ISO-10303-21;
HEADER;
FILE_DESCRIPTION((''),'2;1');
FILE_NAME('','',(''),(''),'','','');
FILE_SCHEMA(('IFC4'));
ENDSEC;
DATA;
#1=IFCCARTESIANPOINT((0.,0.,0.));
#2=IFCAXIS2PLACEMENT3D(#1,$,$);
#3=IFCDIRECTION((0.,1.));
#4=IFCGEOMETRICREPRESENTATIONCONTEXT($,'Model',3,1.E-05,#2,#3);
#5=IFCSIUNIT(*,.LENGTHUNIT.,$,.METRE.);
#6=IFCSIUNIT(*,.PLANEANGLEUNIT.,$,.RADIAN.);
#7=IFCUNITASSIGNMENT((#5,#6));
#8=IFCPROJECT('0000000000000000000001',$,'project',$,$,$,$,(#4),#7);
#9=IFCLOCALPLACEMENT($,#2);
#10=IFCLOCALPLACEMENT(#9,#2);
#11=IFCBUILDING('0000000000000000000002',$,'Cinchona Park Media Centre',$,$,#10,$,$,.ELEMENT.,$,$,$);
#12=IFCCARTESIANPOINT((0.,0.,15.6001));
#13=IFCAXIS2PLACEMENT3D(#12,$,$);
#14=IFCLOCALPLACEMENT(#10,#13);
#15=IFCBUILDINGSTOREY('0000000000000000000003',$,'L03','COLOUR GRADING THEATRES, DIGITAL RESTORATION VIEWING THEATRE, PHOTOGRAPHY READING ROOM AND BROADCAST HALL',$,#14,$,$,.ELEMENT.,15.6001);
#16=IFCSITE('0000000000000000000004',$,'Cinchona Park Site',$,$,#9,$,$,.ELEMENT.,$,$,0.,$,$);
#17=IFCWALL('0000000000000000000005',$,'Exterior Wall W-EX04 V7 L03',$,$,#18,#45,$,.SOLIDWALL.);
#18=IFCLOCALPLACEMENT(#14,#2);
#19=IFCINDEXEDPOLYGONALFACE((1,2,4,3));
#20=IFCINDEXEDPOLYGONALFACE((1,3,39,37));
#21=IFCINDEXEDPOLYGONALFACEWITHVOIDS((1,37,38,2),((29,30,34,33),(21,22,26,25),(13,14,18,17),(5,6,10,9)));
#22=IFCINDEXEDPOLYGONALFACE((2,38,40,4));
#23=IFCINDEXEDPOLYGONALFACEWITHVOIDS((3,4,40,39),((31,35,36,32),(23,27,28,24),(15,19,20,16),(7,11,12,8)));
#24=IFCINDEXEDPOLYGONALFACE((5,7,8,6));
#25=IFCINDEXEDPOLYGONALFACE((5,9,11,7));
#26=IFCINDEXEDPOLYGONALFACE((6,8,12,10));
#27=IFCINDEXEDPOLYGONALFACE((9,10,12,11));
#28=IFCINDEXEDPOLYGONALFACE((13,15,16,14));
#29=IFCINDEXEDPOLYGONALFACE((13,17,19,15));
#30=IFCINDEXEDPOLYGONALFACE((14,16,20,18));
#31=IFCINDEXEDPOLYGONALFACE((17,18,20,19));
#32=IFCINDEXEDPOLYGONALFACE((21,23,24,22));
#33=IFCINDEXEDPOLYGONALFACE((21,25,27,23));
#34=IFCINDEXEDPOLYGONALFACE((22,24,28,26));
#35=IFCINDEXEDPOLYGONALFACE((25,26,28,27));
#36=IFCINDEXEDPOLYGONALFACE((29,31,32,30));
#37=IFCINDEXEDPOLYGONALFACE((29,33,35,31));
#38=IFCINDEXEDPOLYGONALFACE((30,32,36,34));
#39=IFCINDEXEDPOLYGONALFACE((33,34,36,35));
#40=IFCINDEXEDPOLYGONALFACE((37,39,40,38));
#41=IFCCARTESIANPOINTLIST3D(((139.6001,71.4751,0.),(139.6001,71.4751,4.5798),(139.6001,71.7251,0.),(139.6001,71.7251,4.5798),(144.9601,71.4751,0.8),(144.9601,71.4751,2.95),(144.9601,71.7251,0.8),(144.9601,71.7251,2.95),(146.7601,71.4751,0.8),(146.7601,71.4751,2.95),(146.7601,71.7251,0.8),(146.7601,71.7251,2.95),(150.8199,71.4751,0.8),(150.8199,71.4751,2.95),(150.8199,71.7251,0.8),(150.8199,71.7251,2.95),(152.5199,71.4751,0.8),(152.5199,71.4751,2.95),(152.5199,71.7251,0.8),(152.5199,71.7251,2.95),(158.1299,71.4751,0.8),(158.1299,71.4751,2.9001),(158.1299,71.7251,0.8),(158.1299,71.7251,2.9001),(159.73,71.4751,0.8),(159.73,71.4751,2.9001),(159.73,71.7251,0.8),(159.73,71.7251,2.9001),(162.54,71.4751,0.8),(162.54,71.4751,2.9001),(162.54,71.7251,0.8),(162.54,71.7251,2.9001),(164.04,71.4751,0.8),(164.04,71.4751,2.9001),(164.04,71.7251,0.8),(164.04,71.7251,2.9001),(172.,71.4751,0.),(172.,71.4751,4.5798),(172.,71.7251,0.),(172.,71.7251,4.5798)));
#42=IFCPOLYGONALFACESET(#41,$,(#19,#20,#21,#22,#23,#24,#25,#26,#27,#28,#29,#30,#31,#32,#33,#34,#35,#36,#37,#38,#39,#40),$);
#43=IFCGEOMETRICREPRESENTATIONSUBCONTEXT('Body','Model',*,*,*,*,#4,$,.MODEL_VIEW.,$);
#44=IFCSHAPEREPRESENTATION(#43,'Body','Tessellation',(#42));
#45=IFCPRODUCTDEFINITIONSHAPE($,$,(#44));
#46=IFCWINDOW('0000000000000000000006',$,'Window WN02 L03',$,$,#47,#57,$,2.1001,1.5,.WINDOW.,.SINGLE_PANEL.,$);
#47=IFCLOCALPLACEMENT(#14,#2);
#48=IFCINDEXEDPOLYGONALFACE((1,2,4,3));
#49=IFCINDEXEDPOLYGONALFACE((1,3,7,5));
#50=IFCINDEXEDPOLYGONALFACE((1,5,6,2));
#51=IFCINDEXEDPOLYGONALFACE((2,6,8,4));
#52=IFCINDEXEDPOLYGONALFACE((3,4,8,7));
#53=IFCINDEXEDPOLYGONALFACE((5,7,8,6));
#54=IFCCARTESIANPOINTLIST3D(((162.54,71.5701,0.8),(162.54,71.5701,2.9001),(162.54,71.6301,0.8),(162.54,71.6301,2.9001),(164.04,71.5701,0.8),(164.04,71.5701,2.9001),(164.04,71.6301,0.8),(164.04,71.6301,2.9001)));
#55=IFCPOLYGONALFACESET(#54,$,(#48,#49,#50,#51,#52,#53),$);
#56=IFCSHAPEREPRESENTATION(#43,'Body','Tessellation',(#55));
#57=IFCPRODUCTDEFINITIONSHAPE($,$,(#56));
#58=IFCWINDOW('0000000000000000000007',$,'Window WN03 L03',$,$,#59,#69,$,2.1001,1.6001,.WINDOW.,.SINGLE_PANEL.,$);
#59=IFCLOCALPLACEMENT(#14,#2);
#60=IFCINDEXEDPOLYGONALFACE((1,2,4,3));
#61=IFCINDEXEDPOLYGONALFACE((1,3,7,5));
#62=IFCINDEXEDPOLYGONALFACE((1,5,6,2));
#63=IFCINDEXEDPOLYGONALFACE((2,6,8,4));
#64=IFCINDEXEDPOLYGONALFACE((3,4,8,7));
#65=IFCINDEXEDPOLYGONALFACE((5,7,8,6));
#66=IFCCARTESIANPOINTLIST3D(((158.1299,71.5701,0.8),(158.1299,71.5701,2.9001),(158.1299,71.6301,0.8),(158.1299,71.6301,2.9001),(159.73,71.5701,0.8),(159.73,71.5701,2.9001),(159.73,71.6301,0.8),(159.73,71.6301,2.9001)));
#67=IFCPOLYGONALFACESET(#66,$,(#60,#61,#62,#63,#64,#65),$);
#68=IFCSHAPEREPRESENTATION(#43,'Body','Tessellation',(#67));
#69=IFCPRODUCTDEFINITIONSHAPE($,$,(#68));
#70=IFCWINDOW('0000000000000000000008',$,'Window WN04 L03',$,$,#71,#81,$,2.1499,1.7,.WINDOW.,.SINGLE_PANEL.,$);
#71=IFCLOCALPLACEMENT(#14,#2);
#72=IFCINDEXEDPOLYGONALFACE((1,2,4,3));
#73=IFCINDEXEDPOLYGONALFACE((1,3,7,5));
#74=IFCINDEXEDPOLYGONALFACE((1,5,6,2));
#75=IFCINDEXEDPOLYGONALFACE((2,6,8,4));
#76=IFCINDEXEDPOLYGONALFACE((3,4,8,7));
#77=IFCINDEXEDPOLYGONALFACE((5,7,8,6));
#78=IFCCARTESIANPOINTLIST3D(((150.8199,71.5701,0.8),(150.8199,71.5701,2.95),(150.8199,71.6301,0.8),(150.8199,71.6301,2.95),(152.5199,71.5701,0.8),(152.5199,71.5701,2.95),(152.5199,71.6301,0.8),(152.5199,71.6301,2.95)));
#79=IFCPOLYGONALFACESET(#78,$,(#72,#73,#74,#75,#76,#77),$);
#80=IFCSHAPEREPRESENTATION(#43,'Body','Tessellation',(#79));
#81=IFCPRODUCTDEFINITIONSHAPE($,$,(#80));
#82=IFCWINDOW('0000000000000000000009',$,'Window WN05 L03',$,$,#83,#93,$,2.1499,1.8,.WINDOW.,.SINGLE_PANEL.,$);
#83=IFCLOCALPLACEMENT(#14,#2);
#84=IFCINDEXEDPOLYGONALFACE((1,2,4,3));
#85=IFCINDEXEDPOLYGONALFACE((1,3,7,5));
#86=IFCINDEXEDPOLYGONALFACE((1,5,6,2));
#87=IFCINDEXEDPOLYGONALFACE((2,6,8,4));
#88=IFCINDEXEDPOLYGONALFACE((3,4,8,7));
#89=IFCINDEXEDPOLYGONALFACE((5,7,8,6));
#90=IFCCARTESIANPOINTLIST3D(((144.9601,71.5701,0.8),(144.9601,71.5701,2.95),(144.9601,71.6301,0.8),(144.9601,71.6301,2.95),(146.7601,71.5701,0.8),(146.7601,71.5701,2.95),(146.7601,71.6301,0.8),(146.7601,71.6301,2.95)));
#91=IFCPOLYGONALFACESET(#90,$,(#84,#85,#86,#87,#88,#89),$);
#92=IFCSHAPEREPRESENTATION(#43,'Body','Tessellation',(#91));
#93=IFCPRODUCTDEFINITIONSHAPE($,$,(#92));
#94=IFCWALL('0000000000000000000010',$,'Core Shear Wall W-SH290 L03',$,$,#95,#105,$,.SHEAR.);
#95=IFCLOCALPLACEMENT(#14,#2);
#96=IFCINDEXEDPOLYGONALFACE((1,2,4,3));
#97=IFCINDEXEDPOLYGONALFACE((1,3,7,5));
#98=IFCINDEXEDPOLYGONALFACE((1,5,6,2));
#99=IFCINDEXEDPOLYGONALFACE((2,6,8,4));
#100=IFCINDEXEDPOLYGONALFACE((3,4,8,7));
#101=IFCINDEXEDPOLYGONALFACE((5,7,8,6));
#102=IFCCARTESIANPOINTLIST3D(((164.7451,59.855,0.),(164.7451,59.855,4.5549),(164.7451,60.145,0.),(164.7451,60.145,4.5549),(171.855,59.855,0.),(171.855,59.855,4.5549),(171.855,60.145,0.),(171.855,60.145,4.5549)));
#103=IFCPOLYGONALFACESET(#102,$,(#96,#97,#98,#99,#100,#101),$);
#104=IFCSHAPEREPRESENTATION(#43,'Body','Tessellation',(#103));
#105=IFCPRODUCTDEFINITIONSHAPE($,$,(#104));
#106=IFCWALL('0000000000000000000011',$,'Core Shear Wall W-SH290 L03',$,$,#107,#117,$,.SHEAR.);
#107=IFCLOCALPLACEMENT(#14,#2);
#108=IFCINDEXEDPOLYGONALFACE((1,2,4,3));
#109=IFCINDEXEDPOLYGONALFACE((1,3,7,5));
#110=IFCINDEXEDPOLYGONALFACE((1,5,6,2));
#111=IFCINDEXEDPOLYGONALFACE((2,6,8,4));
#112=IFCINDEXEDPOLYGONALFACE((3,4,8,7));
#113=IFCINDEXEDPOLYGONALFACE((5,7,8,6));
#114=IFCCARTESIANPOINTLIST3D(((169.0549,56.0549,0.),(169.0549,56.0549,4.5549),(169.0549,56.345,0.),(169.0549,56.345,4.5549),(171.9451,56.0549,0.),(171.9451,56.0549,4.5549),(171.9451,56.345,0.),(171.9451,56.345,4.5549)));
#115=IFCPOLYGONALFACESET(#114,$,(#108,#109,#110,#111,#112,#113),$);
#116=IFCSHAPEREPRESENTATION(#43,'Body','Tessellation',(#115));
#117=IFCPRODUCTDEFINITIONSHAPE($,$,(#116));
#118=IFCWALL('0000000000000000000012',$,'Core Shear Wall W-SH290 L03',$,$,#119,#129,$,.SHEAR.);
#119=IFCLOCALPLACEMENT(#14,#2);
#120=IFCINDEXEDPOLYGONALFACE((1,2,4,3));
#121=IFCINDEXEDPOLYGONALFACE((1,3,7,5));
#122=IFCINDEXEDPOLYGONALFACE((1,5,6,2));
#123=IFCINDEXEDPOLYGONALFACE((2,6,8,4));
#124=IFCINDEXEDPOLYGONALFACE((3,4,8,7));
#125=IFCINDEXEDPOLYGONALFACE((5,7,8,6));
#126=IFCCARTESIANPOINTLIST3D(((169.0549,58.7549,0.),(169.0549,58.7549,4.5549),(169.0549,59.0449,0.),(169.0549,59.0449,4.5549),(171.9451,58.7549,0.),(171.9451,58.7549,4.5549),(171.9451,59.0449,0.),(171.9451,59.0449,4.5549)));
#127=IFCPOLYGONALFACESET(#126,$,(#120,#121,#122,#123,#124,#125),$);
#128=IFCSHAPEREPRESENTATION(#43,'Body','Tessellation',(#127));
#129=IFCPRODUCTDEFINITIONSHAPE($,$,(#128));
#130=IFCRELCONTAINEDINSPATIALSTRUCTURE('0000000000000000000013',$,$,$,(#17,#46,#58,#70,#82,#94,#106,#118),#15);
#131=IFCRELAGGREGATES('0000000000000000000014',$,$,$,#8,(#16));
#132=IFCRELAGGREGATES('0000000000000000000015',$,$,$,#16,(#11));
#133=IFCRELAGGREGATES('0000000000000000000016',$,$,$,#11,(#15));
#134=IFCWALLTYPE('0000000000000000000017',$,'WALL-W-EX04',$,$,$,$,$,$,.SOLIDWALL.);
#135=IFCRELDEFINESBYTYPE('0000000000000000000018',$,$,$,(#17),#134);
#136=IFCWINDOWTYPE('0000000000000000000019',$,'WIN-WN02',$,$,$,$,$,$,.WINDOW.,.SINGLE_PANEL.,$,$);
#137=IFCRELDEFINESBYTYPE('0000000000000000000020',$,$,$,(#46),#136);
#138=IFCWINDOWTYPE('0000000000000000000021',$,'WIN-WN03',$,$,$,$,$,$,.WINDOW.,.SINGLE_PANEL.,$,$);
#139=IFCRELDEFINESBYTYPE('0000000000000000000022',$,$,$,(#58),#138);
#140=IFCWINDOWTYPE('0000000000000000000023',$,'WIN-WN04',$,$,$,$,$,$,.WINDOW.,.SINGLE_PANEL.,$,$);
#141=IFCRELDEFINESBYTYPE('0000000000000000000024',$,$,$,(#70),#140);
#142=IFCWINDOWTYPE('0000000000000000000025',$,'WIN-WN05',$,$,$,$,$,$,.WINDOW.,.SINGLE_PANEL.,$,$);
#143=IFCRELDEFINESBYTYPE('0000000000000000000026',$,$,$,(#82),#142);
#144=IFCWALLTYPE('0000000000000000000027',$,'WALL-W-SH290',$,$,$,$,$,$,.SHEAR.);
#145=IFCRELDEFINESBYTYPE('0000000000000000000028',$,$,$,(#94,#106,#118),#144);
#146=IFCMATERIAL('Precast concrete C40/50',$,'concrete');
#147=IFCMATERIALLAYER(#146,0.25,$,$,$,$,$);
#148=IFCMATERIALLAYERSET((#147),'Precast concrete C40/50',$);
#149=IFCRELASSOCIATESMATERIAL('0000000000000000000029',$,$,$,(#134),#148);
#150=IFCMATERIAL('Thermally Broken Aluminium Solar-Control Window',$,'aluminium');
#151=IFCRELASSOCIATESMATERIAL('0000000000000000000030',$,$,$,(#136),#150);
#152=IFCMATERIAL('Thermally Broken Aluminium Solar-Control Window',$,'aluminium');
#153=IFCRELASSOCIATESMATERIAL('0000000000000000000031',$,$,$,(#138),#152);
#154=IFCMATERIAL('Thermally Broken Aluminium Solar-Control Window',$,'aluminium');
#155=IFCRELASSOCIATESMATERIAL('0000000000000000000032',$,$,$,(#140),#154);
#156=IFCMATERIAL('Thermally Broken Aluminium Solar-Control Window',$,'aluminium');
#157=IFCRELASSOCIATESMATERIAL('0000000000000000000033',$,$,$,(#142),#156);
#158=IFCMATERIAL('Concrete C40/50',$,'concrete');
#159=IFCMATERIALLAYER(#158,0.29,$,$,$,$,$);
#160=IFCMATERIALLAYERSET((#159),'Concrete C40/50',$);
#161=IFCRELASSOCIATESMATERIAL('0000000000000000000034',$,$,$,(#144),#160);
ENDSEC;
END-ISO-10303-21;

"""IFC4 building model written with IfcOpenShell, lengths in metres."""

from ifc_helpers import new_model, si_unit, direction, frame, frame_2d, origin, place, context, subcontext, project, spatial, rectangle, extrude, material, layer, layer_set, type_object, element, fill, save


model = new_model("IFC4")

# Units and contexts
model_context = context("Model", 3, precision=1e-05, world=origin(), true_north=direction((0.0, 1.0)))
body_context = subcontext(model_context, "Body", "Model", "MODEL_VIEW")
ifc_project = project(units=[si_unit("LENGTHUNIT", "METRE"), si_unit("PLANEANGLEUNIT", "RADIAN")], contexts=[model_context])

# Site, building, storey
site_placement = place(None, origin())
site = spatial("IfcSite", under=ifc_project, at=site_placement, Name="Cinchona Park Site", CompositionType="ELEMENT", RefElevation=0.0)
building_placement = place(site_placement, origin())
building = spatial("IfcBuilding", under=site, at=building_placement, Name="Cinchona Park Media Centre", CompositionType="ELEMENT")
storey_placement = place(building_placement, frame((0.0, 0.0, 15.6001)))
storey = spatial("IfcBuildingStorey", under=building, at=storey_placement, Name="L03", Description="COLOUR GRADING THEATRES, DIGITAL RESTORATION VIEWING THEATRE, PHOTOGRAPHY READING ROOM AND BROADCAST HALL", CompositionType="ELEMENT", Elevation=15.6001)

# Wall, openings, windows
ifc_material_1 = material(Name="Precast concrete C40/50", Category="concrete")
ifc_layer_1 = layer(ifc_material_1, 0.25)
ifc_layer_set_1 = layer_set([ifc_layer_1], Name="Precast concrete C40/50")
wall_type_1 = type_object("IfcWallType", Name="WALL-W-EX04", PredefinedType="SOLIDWALL", material=ifc_layer_set_1)
wall_1_placement = place(storey_placement, frame((172.0, 71.6001, 0.0), z_axis=(0.0, 0.0, 1.0), x_axis=(-1.0, 0.0, 0.0)))
wall_1 = element("IfcWall", 1, at=wall_1_placement, inside=storey, type_object=wall_type_1, Name="Exterior Wall W-EX04 V7 L03", PredefinedType="SOLIDWALL", context=body_context, shape_type="SweptSolid", body=[
    extrude(rectangle(XDim=32.3999, YDim=0.25, at=frame_2d((16.2, 0.0))), origin(), (0.0, 0.0, 1.0), 4.5798),
])
opening_1_placement = place(wall_1_placement, frame((7.96, 0.0, 0.8)))
opening_1 = element("IfcOpeningElement", 2, at=opening_1_placement, cuts=wall_1, PredefinedType="OPENING", context=body_context, shape_type="SweptSolid", body=[
    extrude(rectangle(XDim=1.5, YDim=2.1001, at=frame_2d((0.75, 1.05))), frame((0.0, 0.135, 0.0), z_axis=(0.0, -1.0, 0.0), x_axis=(1.0, 0.0, 0.0)), (0.0, 0.0, 1.0), 0.27),
])
opening_2_placement = place(wall_1_placement, frame((12.27, 0.0, 0.8)))
opening_2 = element("IfcOpeningElement", 3, at=opening_2_placement, cuts=wall_1, PredefinedType="OPENING", context=body_context, shape_type="SweptSolid", body=[
    extrude(rectangle(XDim=1.6001, YDim=2.1001, at=frame_2d((0.8, 1.05))), frame((0.0, 0.135, 0.0), z_axis=(0.0, -1.0, 0.0), x_axis=(1.0, 0.0, 0.0)), (0.0, 0.0, 1.0), 0.27),
])
opening_3_placement = place(wall_1_placement, frame((19.48, 0.0, 0.8)))
opening_3 = element("IfcOpeningElement", 4, at=opening_3_placement, cuts=wall_1, PredefinedType="OPENING", context=body_context, shape_type="SweptSolid", body=[
    extrude(rectangle(XDim=1.7, YDim=2.1499, at=frame_2d((0.8501, 1.075))), frame((0.0, 0.135, 0.0), z_axis=(0.0, -1.0, 0.0), x_axis=(1.0, 0.0, 0.0)), (0.0, 0.0, 1.0), 0.27),
])
opening_4_placement = place(wall_1_placement, frame((25.24, 0.0, 0.8)))
opening_4 = element("IfcOpeningElement", 5, at=opening_4_placement, cuts=wall_1, PredefinedType="OPENING", context=body_context, shape_type="SweptSolid", body=[
    extrude(rectangle(XDim=1.8, YDim=2.1499, at=frame_2d((0.8999, 1.075))), frame((0.0, 0.135, 0.0), z_axis=(0.0, -1.0, 0.0), x_axis=(1.0, 0.0, 0.0)), (0.0, 0.0, 1.0), 0.27),
])
ifc_material_2 = material(Name="Thermally Broken Aluminium Solar-Control Window", Category="aluminium")
window_type_1 = type_object("IfcWindowType", Name="WIN-WN02", PartitioningType="SINGLE_PANEL", PredefinedType="WINDOW", material=ifc_material_2)
window_1_placement = place(opening_1_placement, origin())
window_1 = element("IfcWindow", 6, at=window_1_placement, inside=storey, type_object=window_type_1, Name="Window WN02 L03", OverallHeight=2.1001, OverallWidth=1.5, PartitioningType="SINGLE_PANEL", PredefinedType="WINDOW", context=body_context, shape_type="SweptSolid", body=[
    extrude(rectangle(XDim=1.5, YDim=2.1001, at=frame_2d((0.75, 1.05))), frame((0.0, 0.03, 0.0), z_axis=(0.0, -1.0, 0.0), x_axis=(1.0, 0.0, 0.0)), (0.0, 0.0, 1.0), 0.0601),
])
fill(opening_1, window_1)
ifc_material_3 = material(Name="Thermally Broken Aluminium Solar-Control Window", Category="aluminium")
window_type_2 = type_object("IfcWindowType", Name="WIN-WN03", PartitioningType="SINGLE_PANEL", PredefinedType="WINDOW", material=ifc_material_3)
window_2_placement = place(opening_2_placement, origin())
window_2 = element("IfcWindow", 7, at=window_2_placement, inside=storey, type_object=window_type_2, Name="Window WN03 L03", OverallHeight=2.1001, OverallWidth=1.6001, PartitioningType="SINGLE_PANEL", PredefinedType="WINDOW", context=body_context, shape_type="SweptSolid", body=[
    extrude(rectangle(XDim=1.6001, YDim=2.1001, at=frame_2d((0.8, 1.05))), frame((0.0, 0.03, 0.0), z_axis=(0.0, -1.0, 0.0), x_axis=(1.0, 0.0, 0.0)), (0.0, 0.0, 1.0), 0.0601),
])
fill(opening_2, window_2)
ifc_material_4 = material(Name="Thermally Broken Aluminium Solar-Control Window", Category="aluminium")
window_type_3 = type_object("IfcWindowType", Name="WIN-WN04", PartitioningType="SINGLE_PANEL", PredefinedType="WINDOW", material=ifc_material_4)
window_3_placement = place(opening_3_placement, origin())
window_3 = element("IfcWindow", 8, at=window_3_placement, inside=storey, type_object=window_type_3, Name="Window WN04 L03", OverallHeight=2.1499, OverallWidth=1.7, PartitioningType="SINGLE_PANEL", PredefinedType="WINDOW", context=body_context, shape_type="SweptSolid", body=[
    extrude(rectangle(XDim=1.7, YDim=2.1499, at=frame_2d((0.8501, 1.075))), frame((0.0, 0.03, 0.0), z_axis=(0.0, -1.0, 0.0), x_axis=(1.0, 0.0, 0.0)), (0.0, 0.0, 1.0), 0.0601),
])
fill(opening_3, window_3)
ifc_material_5 = material(Name="Thermally Broken Aluminium Solar-Control Window", Category="aluminium")
window_type_4 = type_object("IfcWindowType", Name="WIN-WN05", PartitioningType="SINGLE_PANEL", PredefinedType="WINDOW", material=ifc_material_5)
window_4_placement = place(opening_4_placement, origin())
window_4 = element("IfcWindow", 9, at=window_4_placement, inside=storey, type_object=window_type_4, Name="Window WN05 L03", OverallHeight=2.1499, OverallWidth=1.8, PartitioningType="SINGLE_PANEL", PredefinedType="WINDOW", context=body_context, shape_type="SweptSolid", body=[
    extrude(rectangle(XDim=1.8, YDim=2.1499, at=frame_2d((0.8999, 1.075))), frame((0.0, 0.03, 0.0), z_axis=(0.0, -1.0, 0.0), x_axis=(1.0, 0.0, 0.0)), (0.0, 0.0, 1.0), 0.0601),
])
fill(opening_4, window_4)

# Walls
ifc_material_6 = material(Name="Concrete C40/50", Category="concrete")
ifc_layer_2 = layer(ifc_material_6, 0.29)
ifc_layer_set_2 = layer_set([ifc_layer_2], Name="Concrete C40/50")
wall_type_2 = type_object("IfcWallType", Name="WALL-W-SH290", PredefinedType="SHEAR", material=ifc_layer_set_2)
wall_2_placement = place(storey_placement, frame((164.7451, 60.0, 0.0), z_axis=(0.0, 0.0, 1.0), x_axis=(1.0, 0.0, 0.0)))
element("IfcWall", 10, at=wall_2_placement, inside=storey, type_object=wall_type_2, Name="Core Shear Wall W-SH290 L03", PredefinedType="SHEAR", context=body_context, shape_type="SweptSolid", body=[
    extrude(rectangle(XDim=7.1099, YDim=0.29, at=frame_2d((3.5549, 0.0))), origin(), (0.0, 0.0, 1.0), 4.5549),
])
for number, where, z_axis, x_axis, name in (
    (11, (169.0549, 56.2, 0.0), (0.0, 0.0, 1.0), (1.0, 0.0, 0.0), "Core Shear Wall W-SH290 L03"),
    (12, (169.0549, 58.8999, 0.0), (0.0, 0.0, 1.0), (1.0, 0.0, 0.0), "Core Shear Wall W-SH290 L03"),
):
    element("IfcWall", number, at=place(storey_placement, frame(where, z_axis=z_axis, x_axis=x_axis)), inside=storey, type_object=wall_type_2, Name=name, PredefinedType="SHEAR", context=body_context, shape_type="SweptSolid", body=[
        extrude(rectangle(XDim=2.8901, YDim=0.29, at=frame_2d((1.4451, 0.0))), origin(), (0.0, 0.0, 1.0), 4.5549),
    ])

save(model, "model.ifc")
